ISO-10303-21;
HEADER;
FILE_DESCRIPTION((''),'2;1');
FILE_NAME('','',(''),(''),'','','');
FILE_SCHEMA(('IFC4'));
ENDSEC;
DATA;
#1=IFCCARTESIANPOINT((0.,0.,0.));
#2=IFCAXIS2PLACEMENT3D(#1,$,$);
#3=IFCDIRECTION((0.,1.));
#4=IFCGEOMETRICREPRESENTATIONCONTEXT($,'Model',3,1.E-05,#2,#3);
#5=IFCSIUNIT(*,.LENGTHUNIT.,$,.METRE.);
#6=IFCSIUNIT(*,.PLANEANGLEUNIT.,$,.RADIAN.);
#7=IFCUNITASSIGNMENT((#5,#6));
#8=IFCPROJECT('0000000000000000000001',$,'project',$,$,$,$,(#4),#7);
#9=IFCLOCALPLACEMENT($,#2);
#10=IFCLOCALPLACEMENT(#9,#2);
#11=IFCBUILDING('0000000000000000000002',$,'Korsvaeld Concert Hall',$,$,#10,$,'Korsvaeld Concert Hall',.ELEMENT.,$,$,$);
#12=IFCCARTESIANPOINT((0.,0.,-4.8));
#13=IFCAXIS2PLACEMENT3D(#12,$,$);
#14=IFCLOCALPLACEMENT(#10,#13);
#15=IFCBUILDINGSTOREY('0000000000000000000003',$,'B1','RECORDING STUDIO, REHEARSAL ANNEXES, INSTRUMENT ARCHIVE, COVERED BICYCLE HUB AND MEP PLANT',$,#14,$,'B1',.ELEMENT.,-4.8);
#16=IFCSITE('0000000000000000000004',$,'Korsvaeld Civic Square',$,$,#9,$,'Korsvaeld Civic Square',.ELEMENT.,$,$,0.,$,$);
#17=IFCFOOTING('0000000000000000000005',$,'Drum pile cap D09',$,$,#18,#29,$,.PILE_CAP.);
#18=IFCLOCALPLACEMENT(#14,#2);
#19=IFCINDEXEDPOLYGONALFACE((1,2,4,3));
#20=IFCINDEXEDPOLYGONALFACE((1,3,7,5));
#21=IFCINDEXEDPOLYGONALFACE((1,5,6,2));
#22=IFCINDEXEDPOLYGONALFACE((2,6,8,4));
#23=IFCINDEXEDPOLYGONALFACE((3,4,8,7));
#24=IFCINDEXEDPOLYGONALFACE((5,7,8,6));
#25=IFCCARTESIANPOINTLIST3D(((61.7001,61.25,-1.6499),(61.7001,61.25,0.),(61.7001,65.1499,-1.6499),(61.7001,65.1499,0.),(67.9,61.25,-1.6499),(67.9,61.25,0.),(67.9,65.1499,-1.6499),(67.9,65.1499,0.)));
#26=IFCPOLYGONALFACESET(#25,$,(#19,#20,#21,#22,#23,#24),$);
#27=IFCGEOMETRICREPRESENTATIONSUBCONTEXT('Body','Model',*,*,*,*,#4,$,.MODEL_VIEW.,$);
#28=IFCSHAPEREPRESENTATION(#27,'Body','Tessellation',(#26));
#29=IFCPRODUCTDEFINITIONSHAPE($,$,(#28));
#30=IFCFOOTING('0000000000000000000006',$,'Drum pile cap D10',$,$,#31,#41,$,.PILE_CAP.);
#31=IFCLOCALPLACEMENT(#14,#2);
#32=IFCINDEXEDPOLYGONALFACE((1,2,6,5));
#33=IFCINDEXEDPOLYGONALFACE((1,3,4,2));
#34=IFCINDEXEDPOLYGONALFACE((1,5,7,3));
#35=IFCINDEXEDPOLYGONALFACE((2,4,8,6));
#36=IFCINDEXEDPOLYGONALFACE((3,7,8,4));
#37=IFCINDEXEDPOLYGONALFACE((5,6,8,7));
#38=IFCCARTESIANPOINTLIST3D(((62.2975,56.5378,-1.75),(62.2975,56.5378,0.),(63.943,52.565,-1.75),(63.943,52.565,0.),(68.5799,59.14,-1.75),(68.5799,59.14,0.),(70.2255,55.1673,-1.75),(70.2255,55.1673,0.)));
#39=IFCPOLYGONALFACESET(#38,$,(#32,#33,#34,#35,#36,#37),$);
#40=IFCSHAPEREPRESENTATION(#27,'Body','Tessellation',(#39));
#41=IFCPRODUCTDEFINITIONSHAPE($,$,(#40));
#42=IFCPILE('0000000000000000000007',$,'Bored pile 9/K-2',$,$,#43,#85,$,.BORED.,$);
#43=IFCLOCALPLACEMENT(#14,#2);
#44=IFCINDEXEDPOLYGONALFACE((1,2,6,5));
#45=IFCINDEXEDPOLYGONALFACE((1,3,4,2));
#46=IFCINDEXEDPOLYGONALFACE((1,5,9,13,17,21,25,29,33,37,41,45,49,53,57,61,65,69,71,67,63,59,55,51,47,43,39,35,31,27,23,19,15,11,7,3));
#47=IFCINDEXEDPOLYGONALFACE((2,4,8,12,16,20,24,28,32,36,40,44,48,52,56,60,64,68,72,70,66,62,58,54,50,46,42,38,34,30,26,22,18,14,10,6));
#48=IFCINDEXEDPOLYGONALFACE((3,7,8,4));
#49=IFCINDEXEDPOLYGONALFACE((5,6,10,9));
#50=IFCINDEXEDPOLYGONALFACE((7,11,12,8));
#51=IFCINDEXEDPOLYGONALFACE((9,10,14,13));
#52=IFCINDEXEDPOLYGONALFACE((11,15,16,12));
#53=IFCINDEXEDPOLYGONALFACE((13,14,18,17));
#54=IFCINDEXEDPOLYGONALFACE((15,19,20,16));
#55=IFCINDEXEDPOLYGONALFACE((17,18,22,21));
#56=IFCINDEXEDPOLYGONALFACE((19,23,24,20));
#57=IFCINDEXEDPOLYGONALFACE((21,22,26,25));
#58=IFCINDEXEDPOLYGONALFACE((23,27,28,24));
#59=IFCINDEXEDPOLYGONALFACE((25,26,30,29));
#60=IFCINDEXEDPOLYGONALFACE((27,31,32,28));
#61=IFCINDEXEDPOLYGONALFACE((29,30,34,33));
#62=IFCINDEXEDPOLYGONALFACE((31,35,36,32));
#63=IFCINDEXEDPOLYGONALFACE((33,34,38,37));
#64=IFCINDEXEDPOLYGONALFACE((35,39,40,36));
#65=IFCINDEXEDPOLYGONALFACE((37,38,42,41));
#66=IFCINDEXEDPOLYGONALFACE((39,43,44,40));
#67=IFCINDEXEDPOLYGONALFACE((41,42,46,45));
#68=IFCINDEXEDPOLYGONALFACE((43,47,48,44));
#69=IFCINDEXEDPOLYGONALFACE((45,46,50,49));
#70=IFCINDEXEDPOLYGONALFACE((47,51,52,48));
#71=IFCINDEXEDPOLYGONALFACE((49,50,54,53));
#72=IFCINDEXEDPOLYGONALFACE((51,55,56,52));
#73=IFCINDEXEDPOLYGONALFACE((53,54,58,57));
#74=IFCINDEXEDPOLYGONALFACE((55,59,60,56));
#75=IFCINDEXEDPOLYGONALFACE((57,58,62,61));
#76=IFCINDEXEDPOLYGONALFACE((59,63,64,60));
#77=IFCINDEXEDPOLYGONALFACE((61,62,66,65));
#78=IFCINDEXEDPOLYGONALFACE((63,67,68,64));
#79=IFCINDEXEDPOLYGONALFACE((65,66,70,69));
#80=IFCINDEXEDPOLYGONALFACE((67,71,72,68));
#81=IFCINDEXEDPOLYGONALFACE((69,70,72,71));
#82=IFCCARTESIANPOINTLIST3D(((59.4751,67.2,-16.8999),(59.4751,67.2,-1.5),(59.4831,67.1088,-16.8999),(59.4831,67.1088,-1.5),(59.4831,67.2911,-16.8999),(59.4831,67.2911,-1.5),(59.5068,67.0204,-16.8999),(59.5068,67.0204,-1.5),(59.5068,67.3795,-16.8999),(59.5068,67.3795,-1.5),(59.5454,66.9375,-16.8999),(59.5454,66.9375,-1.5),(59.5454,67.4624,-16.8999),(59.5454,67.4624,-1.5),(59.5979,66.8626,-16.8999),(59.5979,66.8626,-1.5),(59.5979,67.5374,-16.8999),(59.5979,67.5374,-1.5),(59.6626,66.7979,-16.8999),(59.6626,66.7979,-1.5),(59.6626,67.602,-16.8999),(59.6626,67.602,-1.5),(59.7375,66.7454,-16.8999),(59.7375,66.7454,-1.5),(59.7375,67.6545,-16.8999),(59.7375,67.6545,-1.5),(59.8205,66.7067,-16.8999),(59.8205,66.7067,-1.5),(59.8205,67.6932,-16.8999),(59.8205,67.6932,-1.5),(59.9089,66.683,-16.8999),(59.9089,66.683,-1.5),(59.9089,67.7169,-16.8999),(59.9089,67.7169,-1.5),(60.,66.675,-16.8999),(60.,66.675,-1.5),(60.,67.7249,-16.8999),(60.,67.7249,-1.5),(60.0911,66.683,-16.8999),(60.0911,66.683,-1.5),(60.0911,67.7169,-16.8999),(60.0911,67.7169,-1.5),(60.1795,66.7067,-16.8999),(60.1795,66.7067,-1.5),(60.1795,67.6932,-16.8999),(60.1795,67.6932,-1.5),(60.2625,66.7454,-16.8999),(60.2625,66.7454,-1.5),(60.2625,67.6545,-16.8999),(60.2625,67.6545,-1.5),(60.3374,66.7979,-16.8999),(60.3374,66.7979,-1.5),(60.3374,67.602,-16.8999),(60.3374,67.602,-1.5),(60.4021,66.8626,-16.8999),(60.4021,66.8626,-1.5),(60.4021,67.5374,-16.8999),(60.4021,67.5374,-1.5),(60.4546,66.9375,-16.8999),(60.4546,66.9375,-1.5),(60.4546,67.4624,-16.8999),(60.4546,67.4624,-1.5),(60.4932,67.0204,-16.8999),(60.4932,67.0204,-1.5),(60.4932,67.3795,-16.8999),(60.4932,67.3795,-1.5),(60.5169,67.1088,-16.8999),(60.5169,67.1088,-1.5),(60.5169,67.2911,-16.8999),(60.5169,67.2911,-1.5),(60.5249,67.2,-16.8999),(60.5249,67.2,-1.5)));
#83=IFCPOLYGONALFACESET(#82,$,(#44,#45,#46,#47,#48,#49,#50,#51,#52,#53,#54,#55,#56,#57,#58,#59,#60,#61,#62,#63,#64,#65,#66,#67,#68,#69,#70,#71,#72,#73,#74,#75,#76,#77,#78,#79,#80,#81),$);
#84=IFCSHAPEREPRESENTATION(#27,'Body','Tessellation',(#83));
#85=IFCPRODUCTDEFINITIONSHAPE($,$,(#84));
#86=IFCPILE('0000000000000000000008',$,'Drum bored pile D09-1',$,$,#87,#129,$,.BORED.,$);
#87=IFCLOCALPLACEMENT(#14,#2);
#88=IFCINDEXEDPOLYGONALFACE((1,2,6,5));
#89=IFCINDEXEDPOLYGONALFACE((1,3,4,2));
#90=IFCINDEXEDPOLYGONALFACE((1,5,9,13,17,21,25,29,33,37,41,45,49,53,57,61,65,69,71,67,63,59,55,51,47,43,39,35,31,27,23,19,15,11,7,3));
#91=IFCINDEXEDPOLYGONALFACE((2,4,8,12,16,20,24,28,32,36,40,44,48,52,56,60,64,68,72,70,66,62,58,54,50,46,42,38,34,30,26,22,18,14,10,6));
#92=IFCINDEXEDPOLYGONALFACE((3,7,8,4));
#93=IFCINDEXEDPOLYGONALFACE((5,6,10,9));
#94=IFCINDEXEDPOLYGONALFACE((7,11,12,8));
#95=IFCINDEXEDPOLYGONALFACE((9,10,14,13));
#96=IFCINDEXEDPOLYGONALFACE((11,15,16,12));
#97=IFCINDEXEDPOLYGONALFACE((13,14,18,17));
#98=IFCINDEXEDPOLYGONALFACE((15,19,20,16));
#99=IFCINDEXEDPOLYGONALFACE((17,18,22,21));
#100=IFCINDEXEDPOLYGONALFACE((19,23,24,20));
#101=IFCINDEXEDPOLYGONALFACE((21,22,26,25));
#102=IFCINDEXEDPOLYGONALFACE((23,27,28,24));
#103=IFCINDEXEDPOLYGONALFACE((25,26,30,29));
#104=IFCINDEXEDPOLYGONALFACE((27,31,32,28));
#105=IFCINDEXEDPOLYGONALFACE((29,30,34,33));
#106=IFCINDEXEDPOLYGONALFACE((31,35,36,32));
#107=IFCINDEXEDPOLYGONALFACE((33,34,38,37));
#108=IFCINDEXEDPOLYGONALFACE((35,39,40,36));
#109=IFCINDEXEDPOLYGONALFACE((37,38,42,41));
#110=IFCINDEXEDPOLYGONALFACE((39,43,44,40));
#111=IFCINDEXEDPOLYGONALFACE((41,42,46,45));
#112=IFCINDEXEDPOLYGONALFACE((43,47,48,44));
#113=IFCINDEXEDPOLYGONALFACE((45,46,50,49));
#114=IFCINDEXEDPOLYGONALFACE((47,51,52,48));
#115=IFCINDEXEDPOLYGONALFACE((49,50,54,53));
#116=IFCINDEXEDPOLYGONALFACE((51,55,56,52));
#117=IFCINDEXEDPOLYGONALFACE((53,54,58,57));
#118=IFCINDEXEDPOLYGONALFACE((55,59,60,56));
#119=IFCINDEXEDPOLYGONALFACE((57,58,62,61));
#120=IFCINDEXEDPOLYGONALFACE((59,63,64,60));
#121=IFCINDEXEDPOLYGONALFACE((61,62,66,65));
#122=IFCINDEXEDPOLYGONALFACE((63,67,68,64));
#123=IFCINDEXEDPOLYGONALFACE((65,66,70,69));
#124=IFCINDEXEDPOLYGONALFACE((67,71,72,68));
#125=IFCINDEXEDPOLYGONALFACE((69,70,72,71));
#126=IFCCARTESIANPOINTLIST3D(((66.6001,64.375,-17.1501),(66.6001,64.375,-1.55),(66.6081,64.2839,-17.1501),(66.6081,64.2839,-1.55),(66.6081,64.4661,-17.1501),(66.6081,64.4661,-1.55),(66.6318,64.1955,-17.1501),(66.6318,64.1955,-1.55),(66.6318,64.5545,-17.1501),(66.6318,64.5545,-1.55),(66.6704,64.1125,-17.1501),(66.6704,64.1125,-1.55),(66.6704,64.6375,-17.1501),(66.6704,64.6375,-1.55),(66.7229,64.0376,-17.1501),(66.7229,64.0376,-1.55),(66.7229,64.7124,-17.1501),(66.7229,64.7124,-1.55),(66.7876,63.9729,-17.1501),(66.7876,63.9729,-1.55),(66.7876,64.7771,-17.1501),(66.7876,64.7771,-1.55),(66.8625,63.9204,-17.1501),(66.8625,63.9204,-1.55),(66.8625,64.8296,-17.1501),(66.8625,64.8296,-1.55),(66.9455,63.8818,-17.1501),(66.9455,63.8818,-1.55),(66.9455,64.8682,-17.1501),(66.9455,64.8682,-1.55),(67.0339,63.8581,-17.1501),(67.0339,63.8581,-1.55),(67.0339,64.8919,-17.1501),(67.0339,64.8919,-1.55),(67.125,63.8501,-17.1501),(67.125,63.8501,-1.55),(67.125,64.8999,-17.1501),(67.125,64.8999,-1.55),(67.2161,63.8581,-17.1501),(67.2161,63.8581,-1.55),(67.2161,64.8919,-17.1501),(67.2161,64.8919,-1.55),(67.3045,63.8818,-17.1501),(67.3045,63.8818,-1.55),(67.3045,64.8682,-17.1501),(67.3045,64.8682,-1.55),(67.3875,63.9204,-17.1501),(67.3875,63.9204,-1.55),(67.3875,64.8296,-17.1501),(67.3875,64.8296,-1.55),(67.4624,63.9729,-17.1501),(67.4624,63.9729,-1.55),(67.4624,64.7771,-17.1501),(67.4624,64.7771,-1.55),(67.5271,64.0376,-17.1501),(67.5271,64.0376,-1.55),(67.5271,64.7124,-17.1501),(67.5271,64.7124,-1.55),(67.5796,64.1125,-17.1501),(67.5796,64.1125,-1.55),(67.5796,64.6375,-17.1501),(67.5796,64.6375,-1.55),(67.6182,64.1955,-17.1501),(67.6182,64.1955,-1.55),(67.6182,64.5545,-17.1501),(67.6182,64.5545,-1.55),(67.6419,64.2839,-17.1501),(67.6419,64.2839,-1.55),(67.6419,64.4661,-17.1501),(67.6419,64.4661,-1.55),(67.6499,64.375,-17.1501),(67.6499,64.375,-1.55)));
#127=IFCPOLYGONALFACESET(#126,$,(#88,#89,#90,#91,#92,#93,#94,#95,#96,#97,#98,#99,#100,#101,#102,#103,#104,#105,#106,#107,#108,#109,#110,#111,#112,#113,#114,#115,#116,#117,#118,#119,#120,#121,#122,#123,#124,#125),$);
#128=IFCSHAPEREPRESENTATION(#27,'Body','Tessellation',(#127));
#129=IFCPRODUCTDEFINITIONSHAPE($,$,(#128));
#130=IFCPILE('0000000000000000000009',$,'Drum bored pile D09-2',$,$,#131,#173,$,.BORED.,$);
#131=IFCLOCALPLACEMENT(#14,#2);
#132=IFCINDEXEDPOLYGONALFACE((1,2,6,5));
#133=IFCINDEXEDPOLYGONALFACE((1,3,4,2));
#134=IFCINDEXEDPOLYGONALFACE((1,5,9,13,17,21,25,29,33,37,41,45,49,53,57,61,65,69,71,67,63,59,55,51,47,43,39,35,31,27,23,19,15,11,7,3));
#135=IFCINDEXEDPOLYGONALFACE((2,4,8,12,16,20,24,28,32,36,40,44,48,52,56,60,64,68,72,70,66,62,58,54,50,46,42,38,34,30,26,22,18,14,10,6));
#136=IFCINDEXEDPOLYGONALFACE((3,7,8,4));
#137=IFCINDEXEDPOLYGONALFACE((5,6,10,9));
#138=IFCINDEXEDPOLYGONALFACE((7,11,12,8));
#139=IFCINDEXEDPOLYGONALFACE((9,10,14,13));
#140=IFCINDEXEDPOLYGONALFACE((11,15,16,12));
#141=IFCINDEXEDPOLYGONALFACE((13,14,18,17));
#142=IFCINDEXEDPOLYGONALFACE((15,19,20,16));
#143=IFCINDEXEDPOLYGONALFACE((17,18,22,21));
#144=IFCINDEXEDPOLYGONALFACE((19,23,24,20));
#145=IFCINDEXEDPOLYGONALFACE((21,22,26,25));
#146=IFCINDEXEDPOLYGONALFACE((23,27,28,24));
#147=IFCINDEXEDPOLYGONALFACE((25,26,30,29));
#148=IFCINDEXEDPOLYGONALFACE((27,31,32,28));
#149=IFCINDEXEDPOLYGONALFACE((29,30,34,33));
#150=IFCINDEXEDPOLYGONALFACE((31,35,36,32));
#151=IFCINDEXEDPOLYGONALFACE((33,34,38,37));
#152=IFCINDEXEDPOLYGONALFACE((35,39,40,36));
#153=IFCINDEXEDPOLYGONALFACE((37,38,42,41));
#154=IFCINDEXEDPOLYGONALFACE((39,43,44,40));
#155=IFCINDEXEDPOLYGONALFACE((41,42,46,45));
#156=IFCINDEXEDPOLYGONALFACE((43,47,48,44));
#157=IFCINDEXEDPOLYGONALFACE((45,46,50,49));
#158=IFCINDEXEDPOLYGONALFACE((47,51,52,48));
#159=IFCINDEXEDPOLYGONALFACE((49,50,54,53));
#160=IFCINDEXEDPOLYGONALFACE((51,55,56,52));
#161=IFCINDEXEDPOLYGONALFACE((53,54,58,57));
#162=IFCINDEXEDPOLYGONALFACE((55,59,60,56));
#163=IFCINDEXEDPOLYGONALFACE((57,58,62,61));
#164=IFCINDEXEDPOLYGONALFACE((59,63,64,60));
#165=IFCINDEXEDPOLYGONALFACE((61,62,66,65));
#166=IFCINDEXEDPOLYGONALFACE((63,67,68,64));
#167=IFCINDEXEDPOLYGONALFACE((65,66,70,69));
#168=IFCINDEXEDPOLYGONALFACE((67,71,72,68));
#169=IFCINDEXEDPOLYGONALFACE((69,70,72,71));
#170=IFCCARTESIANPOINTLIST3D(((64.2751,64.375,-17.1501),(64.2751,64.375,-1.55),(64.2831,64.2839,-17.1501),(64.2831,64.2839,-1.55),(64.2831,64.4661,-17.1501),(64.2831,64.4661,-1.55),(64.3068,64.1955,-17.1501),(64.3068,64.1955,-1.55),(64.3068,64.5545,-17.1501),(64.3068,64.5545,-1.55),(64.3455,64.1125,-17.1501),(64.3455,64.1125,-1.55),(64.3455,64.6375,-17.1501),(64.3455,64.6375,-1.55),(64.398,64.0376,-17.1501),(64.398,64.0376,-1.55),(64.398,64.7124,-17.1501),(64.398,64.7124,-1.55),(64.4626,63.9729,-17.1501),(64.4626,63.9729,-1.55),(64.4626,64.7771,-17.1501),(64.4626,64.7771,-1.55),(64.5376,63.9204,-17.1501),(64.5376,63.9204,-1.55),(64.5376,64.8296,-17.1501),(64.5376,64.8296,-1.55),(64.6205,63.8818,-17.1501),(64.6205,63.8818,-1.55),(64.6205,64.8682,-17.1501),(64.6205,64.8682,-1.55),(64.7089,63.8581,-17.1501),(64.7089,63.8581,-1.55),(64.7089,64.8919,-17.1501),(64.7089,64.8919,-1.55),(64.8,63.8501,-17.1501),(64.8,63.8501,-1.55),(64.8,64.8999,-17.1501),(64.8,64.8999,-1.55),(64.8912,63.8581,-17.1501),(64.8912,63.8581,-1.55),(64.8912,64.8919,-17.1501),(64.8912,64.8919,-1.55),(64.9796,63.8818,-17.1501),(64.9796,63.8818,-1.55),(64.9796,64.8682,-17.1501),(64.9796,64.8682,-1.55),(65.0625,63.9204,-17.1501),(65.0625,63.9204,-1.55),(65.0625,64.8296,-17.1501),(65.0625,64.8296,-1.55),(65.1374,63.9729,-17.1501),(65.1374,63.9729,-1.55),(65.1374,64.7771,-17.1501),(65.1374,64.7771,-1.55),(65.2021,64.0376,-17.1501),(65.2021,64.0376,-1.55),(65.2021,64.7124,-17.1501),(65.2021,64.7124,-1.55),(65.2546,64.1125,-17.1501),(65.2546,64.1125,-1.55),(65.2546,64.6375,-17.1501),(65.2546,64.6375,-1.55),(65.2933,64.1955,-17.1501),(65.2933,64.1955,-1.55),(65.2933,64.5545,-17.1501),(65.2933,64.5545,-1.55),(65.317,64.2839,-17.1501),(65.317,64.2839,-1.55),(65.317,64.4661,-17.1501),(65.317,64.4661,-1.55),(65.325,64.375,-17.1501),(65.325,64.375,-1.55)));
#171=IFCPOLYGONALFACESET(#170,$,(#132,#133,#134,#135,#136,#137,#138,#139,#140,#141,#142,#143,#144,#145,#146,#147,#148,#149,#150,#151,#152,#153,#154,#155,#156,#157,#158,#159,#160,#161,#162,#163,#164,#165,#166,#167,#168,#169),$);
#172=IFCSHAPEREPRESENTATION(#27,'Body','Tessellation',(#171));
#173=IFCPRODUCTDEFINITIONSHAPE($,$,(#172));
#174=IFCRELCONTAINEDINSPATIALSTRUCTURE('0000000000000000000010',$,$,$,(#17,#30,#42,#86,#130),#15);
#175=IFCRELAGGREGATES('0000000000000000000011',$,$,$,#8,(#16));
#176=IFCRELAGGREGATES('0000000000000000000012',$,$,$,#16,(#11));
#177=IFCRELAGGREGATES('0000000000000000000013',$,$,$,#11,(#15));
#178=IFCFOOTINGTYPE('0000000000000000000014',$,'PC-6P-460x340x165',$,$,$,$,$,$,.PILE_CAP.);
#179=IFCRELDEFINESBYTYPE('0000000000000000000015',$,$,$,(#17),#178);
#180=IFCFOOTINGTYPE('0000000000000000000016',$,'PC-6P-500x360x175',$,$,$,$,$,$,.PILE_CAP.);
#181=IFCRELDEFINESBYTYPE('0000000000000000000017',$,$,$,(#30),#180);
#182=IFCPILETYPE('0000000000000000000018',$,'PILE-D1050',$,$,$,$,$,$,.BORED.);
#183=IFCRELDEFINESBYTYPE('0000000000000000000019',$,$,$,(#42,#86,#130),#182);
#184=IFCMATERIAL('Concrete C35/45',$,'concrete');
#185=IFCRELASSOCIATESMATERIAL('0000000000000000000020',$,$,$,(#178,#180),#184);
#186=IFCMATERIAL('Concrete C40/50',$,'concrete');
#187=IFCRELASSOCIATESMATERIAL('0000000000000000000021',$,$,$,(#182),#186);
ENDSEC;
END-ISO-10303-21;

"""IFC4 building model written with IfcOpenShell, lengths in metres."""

from ifc_helpers import new_model, si_unit, direction, frame, origin, origin_2d, place, context, subcontext, project, spatial, rectangle, circle, extrude, material, material_profile, profile_set, type_object, element, save


model = new_model("IFC4")

# Units and contexts
model_context = context("Model", 3, precision=1e-05, world=origin(), true_north=direction((0.0, 1.0)))
body_context = subcontext(model_context, "Body", "Model", "MODEL_VIEW")
ifc_project = project(units=[si_unit("LENGTHUNIT", "METRE"), si_unit("PLANEANGLEUNIT", "RADIAN")], contexts=[model_context])

# Site, building, storey
site_placement = place(None, origin())
site = spatial("IfcSite", under=ifc_project, at=site_placement, Name="Korsvaeld Civic Square", LongName="Korsvaeld Civic Square", CompositionType="ELEMENT", RefElevation=0.0)
building_placement = place(site_placement, origin())
building = spatial("IfcBuilding", under=site, at=building_placement, Name="Korsvaeld Concert Hall", LongName="Korsvaeld Concert Hall", CompositionType="ELEMENT")
storey_placement = place(building_placement, frame((0.0, 0.0, -4.8)))
storey = spatial("IfcBuildingStorey", under=building, at=storey_placement, Name="B1", Description="RECORDING STUDIO, REHEARSAL ANNEXES, INSTRUMENT ARCHIVE, COVERED BICYCLE HUB AND MEP PLANT", LongName="B1", CompositionType="ELEMENT", Elevation=-4.8)

# Footings
ifc_material_1 = material(Name="Concrete C35/45", Category="concrete")
footing_type_1 = type_object("IfcFootingType", Name="PC-6P-460x340x165", PredefinedType="PILE_CAP", material=ifc_material_1)
footing_1_placement = place(storey_placement, frame((64.8, 63.2, -1.6499), z_axis=(0.0, 0.0, 1.0), x_axis=(-1.0, 0.0, 0.0)))
element("IfcFooting", 1, at=footing_1_placement, inside=storey, type_object=footing_type_1, Name="Drum pile cap D09", PredefinedType="PILE_CAP", context=body_context, shape_type="SweptSolid", body=[
    extrude(rectangle(XDim=6.2, YDim=3.8999, at=origin_2d()), origin(), (0.0, 0.0, 1.0), 1.6499),
])
footing_type_2 = type_object("IfcFootingType", Name="PC-6P-500x360x175", PredefinedType="PILE_CAP", material=ifc_material_1)
footing_2_placement = place(storey_placement, frame((66.2615, 55.8525, -1.75), z_axis=(0.0, 0.0, 1.0), x_axis=(-0.92388, -0.382683, 0.0)))
element("IfcFooting", 2, at=footing_2_placement, inside=storey, type_object=footing_type_2, Name="Drum pile cap D10", PredefinedType="PILE_CAP", context=body_context, shape_type="SweptSolid", body=[
    extrude(rectangle(XDim=6.8, YDim=4.3, at=origin_2d()), origin(), (0.0, 0.0, 1.0), 1.75),
])

# Piles
ifc_material_2 = material(Name="Concrete C40/50", Category="concrete")
ifc_material_profile_1 = material_profile(ifc_material_2, circle(Radius=0.5249, at=origin_2d()), Name="BORED PILE D1050")
ifc_profile_set_1 = profile_set([ifc_material_profile_1], Name="Concrete C40/50")
pile_type_1 = type_object("IfcPileType", Name="PILE-D1050", PredefinedType="BORED", material=ifc_profile_set_1)
pile_1_placement = place(storey_placement, frame((60.0, 67.2, -1.5), z_axis=(0.0, 0.0, -1.0), x_axis=(1.0, 0.0, 0.0)))
element("IfcPile", 3, at=pile_1_placement, inside=storey, type_object=pile_type_1, Name="Bored pile 9/K-2", PredefinedType="BORED", context=body_context, shape_type="SweptSolid", body=[
    extrude(circle(Radius=0.5249, at=origin_2d()), origin(), (0.0, 0.0, 1.0), 15.3999),
])
for number, where, z_axis, x_axis, name in (
    (4, (67.125, 64.375, -1.55), (0.0, 0.0, -1.0), (1.0, 0.0, 0.0), "Drum bored pile D09-1"),
    (5, (64.8, 64.375, -1.55), (0.0, 0.0, -1.0), (1.0, 0.0, 0.0), "Drum bored pile D09-2"),
):
    element("IfcPile", number, at=place(storey_placement, frame(where, z_axis=z_axis, x_axis=x_axis)), inside=storey, type_object=pile_type_1, Name=name, PredefinedType="BORED", context=body_context, shape_type="SweptSolid", body=[
        extrude(circle(Radius=0.5249, at=origin_2d()), origin(), (0.0, 0.0, 1.0), 15.6001),
    ])

save(model, "model.ifc")
